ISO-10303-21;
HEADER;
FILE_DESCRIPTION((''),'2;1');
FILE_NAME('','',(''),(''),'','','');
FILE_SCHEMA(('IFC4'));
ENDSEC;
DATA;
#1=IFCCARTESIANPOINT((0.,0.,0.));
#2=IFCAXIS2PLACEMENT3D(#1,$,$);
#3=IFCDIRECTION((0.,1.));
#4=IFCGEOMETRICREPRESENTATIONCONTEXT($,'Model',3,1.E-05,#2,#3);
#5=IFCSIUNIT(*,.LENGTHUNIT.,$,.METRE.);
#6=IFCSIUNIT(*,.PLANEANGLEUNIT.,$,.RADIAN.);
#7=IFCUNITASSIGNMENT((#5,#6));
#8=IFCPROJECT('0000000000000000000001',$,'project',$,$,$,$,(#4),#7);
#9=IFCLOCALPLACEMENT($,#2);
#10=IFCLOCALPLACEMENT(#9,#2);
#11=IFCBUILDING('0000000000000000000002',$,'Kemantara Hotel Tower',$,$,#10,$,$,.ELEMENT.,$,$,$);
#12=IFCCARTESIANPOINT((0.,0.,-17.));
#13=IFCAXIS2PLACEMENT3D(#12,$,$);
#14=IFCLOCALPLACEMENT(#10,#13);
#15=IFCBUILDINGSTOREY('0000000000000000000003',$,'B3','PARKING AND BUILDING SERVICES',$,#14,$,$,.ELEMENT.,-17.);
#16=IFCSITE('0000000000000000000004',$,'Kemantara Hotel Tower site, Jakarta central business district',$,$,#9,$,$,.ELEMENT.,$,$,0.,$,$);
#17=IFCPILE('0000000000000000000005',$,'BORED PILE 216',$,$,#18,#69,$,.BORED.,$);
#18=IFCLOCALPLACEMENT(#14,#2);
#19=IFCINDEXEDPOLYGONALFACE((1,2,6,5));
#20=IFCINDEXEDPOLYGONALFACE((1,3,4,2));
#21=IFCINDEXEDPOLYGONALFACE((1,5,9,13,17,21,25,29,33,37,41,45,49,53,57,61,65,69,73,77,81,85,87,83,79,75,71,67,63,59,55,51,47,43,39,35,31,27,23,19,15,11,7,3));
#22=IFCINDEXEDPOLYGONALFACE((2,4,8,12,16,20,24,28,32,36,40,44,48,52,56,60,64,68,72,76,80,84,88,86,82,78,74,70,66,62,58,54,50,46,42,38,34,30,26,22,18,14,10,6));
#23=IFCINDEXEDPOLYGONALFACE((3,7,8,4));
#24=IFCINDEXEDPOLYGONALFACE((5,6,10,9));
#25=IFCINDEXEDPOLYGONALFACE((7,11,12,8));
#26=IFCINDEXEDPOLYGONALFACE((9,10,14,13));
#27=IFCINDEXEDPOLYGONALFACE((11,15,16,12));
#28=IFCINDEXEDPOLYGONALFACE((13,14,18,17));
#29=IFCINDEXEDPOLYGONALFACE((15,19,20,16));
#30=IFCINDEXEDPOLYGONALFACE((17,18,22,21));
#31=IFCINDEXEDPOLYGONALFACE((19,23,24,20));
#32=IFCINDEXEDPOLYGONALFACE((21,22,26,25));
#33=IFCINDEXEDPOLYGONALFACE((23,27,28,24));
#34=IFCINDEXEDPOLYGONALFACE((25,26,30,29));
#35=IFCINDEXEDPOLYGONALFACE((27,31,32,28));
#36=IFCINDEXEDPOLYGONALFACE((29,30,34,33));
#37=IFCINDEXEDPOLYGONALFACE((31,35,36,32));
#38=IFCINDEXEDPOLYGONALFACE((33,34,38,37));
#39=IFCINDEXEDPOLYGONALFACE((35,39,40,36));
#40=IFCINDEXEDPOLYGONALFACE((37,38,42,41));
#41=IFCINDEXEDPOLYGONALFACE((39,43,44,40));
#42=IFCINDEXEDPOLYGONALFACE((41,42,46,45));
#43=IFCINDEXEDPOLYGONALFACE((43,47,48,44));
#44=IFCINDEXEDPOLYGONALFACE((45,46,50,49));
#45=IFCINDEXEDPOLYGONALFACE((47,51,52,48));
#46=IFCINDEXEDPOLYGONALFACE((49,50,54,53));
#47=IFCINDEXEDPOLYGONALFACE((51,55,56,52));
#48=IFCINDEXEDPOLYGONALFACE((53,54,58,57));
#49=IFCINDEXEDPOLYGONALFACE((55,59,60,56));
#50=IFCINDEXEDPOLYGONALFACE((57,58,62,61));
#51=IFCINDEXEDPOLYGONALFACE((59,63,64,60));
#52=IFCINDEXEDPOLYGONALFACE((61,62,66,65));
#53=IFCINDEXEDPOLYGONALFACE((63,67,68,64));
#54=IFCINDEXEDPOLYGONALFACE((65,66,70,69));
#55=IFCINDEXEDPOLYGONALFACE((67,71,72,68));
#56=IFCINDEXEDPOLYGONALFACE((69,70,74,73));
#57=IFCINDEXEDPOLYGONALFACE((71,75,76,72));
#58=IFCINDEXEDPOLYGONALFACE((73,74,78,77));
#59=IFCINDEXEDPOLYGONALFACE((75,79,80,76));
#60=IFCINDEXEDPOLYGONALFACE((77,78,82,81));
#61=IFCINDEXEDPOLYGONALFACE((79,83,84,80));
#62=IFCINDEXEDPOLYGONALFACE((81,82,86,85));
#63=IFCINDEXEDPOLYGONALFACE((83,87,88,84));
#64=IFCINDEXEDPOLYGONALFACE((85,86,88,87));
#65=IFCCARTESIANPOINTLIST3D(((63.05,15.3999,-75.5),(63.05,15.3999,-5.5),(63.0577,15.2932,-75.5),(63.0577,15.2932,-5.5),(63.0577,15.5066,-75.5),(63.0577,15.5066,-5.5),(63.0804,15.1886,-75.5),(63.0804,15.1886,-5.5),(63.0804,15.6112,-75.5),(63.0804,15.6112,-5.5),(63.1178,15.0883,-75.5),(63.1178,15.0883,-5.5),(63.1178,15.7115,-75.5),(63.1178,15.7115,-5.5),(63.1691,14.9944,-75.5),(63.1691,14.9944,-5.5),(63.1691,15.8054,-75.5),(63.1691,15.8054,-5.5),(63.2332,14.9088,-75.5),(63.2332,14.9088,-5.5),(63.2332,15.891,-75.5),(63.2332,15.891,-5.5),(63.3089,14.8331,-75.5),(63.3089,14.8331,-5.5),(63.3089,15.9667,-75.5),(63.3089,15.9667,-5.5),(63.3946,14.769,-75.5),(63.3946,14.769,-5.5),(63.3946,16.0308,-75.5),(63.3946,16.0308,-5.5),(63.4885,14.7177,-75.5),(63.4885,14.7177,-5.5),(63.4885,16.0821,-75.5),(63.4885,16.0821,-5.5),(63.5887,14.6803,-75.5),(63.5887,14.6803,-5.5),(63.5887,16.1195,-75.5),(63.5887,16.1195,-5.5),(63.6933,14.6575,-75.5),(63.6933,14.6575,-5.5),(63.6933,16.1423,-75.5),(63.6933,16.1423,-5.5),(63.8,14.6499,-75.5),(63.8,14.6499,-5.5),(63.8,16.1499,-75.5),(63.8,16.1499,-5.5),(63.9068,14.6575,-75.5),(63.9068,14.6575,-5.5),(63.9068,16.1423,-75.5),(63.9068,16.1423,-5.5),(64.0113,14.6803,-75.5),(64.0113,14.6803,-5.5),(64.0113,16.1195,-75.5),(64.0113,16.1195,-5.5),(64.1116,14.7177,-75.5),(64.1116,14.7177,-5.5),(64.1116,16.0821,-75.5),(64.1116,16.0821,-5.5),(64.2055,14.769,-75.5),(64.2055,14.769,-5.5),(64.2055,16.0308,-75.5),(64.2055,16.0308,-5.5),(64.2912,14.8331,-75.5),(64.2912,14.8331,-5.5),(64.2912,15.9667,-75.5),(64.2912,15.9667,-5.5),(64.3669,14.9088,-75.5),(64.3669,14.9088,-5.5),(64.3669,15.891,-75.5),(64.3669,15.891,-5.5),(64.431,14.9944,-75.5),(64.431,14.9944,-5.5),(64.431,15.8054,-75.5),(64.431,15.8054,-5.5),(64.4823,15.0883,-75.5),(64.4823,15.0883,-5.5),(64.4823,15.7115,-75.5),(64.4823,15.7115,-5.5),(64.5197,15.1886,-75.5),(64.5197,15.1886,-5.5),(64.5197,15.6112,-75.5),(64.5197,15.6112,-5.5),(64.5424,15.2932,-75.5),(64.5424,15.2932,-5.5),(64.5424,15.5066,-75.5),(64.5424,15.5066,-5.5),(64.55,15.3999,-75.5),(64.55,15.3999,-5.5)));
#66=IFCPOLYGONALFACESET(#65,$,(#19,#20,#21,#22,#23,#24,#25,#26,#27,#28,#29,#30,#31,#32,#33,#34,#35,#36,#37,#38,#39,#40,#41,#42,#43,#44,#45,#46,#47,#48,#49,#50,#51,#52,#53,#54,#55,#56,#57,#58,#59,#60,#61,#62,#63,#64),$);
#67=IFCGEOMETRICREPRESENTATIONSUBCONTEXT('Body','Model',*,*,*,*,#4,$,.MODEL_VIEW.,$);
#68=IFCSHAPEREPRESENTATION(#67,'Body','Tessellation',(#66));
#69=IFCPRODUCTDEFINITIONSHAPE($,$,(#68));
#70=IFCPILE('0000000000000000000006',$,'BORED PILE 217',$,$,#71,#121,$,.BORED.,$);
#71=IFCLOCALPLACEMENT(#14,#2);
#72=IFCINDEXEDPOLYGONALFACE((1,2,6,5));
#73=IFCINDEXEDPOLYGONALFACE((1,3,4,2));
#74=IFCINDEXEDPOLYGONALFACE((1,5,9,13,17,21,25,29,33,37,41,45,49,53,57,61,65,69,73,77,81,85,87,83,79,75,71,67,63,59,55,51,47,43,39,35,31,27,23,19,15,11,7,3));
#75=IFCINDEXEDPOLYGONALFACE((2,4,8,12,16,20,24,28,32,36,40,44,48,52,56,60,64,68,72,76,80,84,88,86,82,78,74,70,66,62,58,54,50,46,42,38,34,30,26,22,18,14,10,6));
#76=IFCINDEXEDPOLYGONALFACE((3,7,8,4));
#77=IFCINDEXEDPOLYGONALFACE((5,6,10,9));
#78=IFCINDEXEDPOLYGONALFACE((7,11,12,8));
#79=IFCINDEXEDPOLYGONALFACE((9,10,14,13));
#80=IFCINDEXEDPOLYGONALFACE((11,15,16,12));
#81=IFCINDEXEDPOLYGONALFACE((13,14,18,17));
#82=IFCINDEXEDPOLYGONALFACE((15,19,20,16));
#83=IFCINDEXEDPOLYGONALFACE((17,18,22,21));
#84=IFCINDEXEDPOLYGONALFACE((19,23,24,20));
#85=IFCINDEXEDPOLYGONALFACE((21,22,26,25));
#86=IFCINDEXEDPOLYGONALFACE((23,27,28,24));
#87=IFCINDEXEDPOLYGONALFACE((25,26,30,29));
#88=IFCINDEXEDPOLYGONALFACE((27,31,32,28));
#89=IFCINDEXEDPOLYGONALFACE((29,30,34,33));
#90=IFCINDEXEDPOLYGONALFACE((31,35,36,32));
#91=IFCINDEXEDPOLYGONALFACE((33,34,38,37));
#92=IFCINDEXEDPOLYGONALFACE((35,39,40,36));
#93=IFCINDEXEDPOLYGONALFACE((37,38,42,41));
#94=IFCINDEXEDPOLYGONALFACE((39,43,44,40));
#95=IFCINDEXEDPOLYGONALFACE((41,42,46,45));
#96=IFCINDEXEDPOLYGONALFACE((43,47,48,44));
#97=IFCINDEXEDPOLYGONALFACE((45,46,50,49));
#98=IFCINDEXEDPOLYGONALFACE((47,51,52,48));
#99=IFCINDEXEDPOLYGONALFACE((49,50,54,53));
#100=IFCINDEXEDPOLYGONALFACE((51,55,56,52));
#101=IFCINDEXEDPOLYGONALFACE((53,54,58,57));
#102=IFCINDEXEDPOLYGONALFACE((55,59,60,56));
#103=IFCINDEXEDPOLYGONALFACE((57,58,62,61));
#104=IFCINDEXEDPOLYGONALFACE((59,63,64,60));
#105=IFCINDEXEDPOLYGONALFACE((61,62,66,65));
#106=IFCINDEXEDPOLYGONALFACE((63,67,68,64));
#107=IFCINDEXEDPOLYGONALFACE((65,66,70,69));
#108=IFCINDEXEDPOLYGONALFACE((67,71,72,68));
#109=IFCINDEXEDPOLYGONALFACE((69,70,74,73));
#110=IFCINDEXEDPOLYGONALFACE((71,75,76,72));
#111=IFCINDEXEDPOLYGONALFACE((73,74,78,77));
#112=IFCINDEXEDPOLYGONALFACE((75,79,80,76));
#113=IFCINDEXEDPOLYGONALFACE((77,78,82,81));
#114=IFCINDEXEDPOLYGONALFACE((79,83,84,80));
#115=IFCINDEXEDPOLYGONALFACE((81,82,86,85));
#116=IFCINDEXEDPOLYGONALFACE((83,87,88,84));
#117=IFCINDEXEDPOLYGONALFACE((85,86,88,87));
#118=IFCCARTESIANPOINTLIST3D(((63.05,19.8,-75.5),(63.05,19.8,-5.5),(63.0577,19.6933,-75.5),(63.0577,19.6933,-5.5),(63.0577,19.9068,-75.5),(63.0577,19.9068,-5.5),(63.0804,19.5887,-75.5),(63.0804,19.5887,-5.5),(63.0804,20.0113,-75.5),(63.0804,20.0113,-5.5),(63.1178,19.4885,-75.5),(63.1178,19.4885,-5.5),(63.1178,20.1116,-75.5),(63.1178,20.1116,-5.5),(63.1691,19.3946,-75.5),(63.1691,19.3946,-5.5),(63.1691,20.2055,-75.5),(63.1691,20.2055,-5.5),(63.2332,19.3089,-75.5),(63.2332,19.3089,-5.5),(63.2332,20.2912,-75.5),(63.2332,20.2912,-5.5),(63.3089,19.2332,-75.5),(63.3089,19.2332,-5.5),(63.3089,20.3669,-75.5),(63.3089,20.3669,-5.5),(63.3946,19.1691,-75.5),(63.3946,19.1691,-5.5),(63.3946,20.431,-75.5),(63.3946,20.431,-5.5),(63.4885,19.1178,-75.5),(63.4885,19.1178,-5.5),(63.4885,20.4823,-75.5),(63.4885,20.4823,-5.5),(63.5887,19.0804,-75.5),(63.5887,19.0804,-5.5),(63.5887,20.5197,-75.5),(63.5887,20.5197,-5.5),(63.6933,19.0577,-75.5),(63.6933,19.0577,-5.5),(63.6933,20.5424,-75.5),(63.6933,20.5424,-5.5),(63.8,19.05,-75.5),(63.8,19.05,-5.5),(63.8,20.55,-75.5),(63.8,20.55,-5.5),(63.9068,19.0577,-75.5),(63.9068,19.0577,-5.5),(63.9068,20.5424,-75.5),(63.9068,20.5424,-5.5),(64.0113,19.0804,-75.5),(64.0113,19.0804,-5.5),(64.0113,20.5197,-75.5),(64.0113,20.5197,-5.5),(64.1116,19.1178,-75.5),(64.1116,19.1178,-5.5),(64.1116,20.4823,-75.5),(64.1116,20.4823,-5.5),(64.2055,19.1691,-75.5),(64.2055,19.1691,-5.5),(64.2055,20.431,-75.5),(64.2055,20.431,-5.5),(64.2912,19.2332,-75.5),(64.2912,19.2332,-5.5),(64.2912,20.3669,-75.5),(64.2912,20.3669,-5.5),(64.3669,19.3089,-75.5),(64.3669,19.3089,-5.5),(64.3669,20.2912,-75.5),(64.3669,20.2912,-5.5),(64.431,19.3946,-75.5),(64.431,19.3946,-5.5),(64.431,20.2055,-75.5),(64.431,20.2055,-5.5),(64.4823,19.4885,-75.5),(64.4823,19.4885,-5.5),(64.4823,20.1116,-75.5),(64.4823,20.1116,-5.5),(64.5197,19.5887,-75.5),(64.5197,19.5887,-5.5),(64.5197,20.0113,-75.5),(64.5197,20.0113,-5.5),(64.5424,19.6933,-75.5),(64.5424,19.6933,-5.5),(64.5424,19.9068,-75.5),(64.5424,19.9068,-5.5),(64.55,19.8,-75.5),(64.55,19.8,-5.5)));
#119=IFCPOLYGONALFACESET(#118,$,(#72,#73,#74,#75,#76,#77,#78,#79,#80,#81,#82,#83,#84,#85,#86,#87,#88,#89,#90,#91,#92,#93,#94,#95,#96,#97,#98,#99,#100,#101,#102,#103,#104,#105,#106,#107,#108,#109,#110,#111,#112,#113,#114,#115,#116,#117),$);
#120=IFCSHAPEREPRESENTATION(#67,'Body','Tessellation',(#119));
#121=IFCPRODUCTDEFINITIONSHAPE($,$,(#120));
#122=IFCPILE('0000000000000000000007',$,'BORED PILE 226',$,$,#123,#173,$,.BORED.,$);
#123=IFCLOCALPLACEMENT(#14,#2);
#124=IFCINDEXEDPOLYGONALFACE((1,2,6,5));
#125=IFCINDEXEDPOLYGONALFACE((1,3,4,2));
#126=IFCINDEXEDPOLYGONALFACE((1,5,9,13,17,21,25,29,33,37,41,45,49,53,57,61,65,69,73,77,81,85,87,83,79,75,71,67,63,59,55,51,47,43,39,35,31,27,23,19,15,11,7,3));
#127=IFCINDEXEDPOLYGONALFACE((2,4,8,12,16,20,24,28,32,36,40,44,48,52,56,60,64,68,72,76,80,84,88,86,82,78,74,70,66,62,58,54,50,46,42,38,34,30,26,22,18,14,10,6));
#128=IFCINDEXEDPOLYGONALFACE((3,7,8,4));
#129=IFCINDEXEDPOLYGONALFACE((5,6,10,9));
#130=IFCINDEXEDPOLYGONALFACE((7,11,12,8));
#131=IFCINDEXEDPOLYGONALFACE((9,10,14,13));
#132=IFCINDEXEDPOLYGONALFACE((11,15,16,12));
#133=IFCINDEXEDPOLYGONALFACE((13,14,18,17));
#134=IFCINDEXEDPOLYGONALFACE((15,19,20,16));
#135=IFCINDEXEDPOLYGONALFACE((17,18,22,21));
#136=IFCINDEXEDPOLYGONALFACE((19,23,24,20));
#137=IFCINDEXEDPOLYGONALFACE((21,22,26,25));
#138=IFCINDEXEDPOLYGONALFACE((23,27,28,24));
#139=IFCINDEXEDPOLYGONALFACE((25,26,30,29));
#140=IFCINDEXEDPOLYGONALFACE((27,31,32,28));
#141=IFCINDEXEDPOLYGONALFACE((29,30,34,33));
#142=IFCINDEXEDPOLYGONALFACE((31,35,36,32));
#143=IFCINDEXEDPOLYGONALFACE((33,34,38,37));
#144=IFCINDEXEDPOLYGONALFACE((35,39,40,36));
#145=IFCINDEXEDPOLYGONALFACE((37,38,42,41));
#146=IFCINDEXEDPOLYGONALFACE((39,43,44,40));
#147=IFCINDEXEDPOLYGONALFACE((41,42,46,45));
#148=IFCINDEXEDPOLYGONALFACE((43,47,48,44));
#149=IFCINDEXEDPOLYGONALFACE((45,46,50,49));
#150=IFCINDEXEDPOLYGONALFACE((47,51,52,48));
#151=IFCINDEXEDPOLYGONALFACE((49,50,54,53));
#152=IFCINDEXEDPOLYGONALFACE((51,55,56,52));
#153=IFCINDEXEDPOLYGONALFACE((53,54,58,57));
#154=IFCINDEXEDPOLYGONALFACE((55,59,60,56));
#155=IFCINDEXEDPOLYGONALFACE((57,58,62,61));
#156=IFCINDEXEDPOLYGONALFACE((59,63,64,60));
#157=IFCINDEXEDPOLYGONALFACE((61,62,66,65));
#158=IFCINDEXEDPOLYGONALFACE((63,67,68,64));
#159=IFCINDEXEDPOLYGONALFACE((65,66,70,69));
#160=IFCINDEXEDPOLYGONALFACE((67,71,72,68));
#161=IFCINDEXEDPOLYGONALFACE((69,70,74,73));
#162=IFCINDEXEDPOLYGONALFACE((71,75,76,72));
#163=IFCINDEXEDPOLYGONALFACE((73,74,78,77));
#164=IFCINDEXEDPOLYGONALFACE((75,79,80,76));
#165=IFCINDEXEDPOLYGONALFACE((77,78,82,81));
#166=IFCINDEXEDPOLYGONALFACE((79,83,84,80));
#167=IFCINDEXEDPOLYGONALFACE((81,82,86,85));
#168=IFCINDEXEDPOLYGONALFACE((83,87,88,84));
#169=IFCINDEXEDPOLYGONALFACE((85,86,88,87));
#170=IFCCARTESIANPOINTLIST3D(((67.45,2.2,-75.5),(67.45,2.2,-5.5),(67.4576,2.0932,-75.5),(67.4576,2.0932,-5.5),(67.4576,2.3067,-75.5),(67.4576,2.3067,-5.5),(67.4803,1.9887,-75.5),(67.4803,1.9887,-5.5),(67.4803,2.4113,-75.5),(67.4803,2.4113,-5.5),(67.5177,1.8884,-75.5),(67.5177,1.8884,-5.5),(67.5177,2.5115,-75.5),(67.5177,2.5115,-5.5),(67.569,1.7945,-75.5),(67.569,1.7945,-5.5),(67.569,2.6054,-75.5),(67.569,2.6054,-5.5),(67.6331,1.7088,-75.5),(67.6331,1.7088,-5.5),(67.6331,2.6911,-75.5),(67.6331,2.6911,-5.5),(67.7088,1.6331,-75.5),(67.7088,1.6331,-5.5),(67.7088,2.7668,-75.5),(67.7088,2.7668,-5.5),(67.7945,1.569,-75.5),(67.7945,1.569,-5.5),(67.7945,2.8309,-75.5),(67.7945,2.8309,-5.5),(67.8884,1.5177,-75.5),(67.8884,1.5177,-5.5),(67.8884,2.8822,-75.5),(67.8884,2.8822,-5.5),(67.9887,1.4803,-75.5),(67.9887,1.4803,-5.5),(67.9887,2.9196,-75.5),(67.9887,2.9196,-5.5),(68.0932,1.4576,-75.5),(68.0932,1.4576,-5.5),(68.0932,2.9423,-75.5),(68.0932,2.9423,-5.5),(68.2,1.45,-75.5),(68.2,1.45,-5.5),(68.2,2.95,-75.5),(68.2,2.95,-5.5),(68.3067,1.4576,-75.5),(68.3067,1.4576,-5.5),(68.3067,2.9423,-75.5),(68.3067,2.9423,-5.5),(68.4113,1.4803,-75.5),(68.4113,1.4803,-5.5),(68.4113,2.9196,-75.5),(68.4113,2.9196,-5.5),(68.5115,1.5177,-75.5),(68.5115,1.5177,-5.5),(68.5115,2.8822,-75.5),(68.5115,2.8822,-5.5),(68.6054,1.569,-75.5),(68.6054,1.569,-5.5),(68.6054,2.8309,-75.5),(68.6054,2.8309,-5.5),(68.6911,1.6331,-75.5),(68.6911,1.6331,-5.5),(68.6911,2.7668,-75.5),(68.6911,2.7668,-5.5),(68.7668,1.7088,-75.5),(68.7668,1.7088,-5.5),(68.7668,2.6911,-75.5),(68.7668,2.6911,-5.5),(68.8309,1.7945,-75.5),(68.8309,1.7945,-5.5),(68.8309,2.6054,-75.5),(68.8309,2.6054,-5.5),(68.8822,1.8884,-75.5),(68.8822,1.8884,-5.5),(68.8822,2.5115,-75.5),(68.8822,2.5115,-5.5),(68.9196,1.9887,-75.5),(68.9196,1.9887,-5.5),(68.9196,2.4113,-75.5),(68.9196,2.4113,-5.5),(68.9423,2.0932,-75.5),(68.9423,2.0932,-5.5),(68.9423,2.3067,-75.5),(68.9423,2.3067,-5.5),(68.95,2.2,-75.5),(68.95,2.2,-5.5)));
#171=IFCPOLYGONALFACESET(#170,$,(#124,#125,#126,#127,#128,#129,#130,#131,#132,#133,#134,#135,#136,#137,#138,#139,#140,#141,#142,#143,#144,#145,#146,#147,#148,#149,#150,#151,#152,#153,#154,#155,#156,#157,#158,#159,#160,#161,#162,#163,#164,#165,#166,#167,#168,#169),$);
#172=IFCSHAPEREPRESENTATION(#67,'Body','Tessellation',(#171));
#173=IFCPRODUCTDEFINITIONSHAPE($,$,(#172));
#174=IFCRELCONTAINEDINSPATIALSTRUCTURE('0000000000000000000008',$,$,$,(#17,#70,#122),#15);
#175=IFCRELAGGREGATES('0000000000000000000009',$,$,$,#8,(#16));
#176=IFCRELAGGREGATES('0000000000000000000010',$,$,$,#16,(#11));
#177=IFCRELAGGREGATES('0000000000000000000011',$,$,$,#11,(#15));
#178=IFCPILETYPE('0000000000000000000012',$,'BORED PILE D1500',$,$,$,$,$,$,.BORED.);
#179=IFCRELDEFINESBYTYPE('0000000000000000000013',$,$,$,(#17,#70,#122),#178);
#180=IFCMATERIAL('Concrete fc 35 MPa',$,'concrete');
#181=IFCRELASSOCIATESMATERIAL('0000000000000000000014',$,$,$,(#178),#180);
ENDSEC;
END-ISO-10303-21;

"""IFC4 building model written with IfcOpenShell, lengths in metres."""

from ifc_helpers import new_model, si_unit, direction, frame, origin, origin_2d, place, context, subcontext, project, spatial, circle, extrude, material, material_profile, profile_set, type_object, element, save


model = new_model("IFC4")

# Units and contexts
model_context = context("Model", 3, precision=1e-05, world=origin(), true_north=direction((0.0, 1.0)))
body_context = subcontext(model_context, "Body", "Model", "MODEL_VIEW")
ifc_project = project(units=[si_unit("LENGTHUNIT", "METRE"), si_unit("PLANEANGLEUNIT", "RADIAN")], contexts=[model_context])

# Site, building, storey
site_placement = place(None, origin())
site = spatial("IfcSite", under=ifc_project, at=site_placement, Name="Kemantara Hotel Tower site, Jakarta central business district", CompositionType="ELEMENT", RefElevation=0.0)
building_placement = place(site_placement, origin())
building = spatial("IfcBuilding", under=site, at=building_placement, Name="Kemantara Hotel Tower", CompositionType="ELEMENT")
storey_placement = place(building_placement, frame((0.0, 0.0, -17.0)))
storey = spatial("IfcBuildingStorey", under=building, at=storey_placement, Name="B3", Description="PARKING AND BUILDING SERVICES", CompositionType="ELEMENT", Elevation=-17.0)

# Piles
ifc_material_1 = material(Name="Concrete fc 35 MPa", Category="concrete")
ifc_material_profile_1 = material_profile(ifc_material_1, circle(Radius=0.75, at=origin_2d()), Name="BORED PILE D1500")
ifc_profile_set_1 = profile_set([ifc_material_profile_1], Name="Concrete fc 35 MPa")
pile_type = type_object("IfcPileType", Name="BORED PILE D1500", PredefinedType="BORED", material=ifc_profile_set_1)
for number, where, z_axis, x_axis, name in (
    (1, (63.8, 15.3999, -5.5), (0.0, 0.0, -1.0), (1.0, 0.0, 0.0), "BORED PILE 216"),
    (2, (63.8, 19.8, -5.5), (0.0, 0.0, -1.0), (1.0, 0.0, 0.0), "BORED PILE 217"),
    (3, (68.2, 2.2, -5.5), (0.0, 0.0, -1.0), (1.0, 0.0, 0.0), "BORED PILE 226"),
):
    element("IfcPile", number, at=place(storey_placement, frame(where, z_axis=z_axis, x_axis=x_axis)), inside=storey, type_object=pile_type, Name=name, PredefinedType="BORED", context=body_context, shape_type="SweptSolid", body=[
        extrude(circle(Radius=0.75, at=origin_2d()), origin(), (0.0, 0.0, 1.0), 70.0),
    ])

save(model, "model.ifc")
